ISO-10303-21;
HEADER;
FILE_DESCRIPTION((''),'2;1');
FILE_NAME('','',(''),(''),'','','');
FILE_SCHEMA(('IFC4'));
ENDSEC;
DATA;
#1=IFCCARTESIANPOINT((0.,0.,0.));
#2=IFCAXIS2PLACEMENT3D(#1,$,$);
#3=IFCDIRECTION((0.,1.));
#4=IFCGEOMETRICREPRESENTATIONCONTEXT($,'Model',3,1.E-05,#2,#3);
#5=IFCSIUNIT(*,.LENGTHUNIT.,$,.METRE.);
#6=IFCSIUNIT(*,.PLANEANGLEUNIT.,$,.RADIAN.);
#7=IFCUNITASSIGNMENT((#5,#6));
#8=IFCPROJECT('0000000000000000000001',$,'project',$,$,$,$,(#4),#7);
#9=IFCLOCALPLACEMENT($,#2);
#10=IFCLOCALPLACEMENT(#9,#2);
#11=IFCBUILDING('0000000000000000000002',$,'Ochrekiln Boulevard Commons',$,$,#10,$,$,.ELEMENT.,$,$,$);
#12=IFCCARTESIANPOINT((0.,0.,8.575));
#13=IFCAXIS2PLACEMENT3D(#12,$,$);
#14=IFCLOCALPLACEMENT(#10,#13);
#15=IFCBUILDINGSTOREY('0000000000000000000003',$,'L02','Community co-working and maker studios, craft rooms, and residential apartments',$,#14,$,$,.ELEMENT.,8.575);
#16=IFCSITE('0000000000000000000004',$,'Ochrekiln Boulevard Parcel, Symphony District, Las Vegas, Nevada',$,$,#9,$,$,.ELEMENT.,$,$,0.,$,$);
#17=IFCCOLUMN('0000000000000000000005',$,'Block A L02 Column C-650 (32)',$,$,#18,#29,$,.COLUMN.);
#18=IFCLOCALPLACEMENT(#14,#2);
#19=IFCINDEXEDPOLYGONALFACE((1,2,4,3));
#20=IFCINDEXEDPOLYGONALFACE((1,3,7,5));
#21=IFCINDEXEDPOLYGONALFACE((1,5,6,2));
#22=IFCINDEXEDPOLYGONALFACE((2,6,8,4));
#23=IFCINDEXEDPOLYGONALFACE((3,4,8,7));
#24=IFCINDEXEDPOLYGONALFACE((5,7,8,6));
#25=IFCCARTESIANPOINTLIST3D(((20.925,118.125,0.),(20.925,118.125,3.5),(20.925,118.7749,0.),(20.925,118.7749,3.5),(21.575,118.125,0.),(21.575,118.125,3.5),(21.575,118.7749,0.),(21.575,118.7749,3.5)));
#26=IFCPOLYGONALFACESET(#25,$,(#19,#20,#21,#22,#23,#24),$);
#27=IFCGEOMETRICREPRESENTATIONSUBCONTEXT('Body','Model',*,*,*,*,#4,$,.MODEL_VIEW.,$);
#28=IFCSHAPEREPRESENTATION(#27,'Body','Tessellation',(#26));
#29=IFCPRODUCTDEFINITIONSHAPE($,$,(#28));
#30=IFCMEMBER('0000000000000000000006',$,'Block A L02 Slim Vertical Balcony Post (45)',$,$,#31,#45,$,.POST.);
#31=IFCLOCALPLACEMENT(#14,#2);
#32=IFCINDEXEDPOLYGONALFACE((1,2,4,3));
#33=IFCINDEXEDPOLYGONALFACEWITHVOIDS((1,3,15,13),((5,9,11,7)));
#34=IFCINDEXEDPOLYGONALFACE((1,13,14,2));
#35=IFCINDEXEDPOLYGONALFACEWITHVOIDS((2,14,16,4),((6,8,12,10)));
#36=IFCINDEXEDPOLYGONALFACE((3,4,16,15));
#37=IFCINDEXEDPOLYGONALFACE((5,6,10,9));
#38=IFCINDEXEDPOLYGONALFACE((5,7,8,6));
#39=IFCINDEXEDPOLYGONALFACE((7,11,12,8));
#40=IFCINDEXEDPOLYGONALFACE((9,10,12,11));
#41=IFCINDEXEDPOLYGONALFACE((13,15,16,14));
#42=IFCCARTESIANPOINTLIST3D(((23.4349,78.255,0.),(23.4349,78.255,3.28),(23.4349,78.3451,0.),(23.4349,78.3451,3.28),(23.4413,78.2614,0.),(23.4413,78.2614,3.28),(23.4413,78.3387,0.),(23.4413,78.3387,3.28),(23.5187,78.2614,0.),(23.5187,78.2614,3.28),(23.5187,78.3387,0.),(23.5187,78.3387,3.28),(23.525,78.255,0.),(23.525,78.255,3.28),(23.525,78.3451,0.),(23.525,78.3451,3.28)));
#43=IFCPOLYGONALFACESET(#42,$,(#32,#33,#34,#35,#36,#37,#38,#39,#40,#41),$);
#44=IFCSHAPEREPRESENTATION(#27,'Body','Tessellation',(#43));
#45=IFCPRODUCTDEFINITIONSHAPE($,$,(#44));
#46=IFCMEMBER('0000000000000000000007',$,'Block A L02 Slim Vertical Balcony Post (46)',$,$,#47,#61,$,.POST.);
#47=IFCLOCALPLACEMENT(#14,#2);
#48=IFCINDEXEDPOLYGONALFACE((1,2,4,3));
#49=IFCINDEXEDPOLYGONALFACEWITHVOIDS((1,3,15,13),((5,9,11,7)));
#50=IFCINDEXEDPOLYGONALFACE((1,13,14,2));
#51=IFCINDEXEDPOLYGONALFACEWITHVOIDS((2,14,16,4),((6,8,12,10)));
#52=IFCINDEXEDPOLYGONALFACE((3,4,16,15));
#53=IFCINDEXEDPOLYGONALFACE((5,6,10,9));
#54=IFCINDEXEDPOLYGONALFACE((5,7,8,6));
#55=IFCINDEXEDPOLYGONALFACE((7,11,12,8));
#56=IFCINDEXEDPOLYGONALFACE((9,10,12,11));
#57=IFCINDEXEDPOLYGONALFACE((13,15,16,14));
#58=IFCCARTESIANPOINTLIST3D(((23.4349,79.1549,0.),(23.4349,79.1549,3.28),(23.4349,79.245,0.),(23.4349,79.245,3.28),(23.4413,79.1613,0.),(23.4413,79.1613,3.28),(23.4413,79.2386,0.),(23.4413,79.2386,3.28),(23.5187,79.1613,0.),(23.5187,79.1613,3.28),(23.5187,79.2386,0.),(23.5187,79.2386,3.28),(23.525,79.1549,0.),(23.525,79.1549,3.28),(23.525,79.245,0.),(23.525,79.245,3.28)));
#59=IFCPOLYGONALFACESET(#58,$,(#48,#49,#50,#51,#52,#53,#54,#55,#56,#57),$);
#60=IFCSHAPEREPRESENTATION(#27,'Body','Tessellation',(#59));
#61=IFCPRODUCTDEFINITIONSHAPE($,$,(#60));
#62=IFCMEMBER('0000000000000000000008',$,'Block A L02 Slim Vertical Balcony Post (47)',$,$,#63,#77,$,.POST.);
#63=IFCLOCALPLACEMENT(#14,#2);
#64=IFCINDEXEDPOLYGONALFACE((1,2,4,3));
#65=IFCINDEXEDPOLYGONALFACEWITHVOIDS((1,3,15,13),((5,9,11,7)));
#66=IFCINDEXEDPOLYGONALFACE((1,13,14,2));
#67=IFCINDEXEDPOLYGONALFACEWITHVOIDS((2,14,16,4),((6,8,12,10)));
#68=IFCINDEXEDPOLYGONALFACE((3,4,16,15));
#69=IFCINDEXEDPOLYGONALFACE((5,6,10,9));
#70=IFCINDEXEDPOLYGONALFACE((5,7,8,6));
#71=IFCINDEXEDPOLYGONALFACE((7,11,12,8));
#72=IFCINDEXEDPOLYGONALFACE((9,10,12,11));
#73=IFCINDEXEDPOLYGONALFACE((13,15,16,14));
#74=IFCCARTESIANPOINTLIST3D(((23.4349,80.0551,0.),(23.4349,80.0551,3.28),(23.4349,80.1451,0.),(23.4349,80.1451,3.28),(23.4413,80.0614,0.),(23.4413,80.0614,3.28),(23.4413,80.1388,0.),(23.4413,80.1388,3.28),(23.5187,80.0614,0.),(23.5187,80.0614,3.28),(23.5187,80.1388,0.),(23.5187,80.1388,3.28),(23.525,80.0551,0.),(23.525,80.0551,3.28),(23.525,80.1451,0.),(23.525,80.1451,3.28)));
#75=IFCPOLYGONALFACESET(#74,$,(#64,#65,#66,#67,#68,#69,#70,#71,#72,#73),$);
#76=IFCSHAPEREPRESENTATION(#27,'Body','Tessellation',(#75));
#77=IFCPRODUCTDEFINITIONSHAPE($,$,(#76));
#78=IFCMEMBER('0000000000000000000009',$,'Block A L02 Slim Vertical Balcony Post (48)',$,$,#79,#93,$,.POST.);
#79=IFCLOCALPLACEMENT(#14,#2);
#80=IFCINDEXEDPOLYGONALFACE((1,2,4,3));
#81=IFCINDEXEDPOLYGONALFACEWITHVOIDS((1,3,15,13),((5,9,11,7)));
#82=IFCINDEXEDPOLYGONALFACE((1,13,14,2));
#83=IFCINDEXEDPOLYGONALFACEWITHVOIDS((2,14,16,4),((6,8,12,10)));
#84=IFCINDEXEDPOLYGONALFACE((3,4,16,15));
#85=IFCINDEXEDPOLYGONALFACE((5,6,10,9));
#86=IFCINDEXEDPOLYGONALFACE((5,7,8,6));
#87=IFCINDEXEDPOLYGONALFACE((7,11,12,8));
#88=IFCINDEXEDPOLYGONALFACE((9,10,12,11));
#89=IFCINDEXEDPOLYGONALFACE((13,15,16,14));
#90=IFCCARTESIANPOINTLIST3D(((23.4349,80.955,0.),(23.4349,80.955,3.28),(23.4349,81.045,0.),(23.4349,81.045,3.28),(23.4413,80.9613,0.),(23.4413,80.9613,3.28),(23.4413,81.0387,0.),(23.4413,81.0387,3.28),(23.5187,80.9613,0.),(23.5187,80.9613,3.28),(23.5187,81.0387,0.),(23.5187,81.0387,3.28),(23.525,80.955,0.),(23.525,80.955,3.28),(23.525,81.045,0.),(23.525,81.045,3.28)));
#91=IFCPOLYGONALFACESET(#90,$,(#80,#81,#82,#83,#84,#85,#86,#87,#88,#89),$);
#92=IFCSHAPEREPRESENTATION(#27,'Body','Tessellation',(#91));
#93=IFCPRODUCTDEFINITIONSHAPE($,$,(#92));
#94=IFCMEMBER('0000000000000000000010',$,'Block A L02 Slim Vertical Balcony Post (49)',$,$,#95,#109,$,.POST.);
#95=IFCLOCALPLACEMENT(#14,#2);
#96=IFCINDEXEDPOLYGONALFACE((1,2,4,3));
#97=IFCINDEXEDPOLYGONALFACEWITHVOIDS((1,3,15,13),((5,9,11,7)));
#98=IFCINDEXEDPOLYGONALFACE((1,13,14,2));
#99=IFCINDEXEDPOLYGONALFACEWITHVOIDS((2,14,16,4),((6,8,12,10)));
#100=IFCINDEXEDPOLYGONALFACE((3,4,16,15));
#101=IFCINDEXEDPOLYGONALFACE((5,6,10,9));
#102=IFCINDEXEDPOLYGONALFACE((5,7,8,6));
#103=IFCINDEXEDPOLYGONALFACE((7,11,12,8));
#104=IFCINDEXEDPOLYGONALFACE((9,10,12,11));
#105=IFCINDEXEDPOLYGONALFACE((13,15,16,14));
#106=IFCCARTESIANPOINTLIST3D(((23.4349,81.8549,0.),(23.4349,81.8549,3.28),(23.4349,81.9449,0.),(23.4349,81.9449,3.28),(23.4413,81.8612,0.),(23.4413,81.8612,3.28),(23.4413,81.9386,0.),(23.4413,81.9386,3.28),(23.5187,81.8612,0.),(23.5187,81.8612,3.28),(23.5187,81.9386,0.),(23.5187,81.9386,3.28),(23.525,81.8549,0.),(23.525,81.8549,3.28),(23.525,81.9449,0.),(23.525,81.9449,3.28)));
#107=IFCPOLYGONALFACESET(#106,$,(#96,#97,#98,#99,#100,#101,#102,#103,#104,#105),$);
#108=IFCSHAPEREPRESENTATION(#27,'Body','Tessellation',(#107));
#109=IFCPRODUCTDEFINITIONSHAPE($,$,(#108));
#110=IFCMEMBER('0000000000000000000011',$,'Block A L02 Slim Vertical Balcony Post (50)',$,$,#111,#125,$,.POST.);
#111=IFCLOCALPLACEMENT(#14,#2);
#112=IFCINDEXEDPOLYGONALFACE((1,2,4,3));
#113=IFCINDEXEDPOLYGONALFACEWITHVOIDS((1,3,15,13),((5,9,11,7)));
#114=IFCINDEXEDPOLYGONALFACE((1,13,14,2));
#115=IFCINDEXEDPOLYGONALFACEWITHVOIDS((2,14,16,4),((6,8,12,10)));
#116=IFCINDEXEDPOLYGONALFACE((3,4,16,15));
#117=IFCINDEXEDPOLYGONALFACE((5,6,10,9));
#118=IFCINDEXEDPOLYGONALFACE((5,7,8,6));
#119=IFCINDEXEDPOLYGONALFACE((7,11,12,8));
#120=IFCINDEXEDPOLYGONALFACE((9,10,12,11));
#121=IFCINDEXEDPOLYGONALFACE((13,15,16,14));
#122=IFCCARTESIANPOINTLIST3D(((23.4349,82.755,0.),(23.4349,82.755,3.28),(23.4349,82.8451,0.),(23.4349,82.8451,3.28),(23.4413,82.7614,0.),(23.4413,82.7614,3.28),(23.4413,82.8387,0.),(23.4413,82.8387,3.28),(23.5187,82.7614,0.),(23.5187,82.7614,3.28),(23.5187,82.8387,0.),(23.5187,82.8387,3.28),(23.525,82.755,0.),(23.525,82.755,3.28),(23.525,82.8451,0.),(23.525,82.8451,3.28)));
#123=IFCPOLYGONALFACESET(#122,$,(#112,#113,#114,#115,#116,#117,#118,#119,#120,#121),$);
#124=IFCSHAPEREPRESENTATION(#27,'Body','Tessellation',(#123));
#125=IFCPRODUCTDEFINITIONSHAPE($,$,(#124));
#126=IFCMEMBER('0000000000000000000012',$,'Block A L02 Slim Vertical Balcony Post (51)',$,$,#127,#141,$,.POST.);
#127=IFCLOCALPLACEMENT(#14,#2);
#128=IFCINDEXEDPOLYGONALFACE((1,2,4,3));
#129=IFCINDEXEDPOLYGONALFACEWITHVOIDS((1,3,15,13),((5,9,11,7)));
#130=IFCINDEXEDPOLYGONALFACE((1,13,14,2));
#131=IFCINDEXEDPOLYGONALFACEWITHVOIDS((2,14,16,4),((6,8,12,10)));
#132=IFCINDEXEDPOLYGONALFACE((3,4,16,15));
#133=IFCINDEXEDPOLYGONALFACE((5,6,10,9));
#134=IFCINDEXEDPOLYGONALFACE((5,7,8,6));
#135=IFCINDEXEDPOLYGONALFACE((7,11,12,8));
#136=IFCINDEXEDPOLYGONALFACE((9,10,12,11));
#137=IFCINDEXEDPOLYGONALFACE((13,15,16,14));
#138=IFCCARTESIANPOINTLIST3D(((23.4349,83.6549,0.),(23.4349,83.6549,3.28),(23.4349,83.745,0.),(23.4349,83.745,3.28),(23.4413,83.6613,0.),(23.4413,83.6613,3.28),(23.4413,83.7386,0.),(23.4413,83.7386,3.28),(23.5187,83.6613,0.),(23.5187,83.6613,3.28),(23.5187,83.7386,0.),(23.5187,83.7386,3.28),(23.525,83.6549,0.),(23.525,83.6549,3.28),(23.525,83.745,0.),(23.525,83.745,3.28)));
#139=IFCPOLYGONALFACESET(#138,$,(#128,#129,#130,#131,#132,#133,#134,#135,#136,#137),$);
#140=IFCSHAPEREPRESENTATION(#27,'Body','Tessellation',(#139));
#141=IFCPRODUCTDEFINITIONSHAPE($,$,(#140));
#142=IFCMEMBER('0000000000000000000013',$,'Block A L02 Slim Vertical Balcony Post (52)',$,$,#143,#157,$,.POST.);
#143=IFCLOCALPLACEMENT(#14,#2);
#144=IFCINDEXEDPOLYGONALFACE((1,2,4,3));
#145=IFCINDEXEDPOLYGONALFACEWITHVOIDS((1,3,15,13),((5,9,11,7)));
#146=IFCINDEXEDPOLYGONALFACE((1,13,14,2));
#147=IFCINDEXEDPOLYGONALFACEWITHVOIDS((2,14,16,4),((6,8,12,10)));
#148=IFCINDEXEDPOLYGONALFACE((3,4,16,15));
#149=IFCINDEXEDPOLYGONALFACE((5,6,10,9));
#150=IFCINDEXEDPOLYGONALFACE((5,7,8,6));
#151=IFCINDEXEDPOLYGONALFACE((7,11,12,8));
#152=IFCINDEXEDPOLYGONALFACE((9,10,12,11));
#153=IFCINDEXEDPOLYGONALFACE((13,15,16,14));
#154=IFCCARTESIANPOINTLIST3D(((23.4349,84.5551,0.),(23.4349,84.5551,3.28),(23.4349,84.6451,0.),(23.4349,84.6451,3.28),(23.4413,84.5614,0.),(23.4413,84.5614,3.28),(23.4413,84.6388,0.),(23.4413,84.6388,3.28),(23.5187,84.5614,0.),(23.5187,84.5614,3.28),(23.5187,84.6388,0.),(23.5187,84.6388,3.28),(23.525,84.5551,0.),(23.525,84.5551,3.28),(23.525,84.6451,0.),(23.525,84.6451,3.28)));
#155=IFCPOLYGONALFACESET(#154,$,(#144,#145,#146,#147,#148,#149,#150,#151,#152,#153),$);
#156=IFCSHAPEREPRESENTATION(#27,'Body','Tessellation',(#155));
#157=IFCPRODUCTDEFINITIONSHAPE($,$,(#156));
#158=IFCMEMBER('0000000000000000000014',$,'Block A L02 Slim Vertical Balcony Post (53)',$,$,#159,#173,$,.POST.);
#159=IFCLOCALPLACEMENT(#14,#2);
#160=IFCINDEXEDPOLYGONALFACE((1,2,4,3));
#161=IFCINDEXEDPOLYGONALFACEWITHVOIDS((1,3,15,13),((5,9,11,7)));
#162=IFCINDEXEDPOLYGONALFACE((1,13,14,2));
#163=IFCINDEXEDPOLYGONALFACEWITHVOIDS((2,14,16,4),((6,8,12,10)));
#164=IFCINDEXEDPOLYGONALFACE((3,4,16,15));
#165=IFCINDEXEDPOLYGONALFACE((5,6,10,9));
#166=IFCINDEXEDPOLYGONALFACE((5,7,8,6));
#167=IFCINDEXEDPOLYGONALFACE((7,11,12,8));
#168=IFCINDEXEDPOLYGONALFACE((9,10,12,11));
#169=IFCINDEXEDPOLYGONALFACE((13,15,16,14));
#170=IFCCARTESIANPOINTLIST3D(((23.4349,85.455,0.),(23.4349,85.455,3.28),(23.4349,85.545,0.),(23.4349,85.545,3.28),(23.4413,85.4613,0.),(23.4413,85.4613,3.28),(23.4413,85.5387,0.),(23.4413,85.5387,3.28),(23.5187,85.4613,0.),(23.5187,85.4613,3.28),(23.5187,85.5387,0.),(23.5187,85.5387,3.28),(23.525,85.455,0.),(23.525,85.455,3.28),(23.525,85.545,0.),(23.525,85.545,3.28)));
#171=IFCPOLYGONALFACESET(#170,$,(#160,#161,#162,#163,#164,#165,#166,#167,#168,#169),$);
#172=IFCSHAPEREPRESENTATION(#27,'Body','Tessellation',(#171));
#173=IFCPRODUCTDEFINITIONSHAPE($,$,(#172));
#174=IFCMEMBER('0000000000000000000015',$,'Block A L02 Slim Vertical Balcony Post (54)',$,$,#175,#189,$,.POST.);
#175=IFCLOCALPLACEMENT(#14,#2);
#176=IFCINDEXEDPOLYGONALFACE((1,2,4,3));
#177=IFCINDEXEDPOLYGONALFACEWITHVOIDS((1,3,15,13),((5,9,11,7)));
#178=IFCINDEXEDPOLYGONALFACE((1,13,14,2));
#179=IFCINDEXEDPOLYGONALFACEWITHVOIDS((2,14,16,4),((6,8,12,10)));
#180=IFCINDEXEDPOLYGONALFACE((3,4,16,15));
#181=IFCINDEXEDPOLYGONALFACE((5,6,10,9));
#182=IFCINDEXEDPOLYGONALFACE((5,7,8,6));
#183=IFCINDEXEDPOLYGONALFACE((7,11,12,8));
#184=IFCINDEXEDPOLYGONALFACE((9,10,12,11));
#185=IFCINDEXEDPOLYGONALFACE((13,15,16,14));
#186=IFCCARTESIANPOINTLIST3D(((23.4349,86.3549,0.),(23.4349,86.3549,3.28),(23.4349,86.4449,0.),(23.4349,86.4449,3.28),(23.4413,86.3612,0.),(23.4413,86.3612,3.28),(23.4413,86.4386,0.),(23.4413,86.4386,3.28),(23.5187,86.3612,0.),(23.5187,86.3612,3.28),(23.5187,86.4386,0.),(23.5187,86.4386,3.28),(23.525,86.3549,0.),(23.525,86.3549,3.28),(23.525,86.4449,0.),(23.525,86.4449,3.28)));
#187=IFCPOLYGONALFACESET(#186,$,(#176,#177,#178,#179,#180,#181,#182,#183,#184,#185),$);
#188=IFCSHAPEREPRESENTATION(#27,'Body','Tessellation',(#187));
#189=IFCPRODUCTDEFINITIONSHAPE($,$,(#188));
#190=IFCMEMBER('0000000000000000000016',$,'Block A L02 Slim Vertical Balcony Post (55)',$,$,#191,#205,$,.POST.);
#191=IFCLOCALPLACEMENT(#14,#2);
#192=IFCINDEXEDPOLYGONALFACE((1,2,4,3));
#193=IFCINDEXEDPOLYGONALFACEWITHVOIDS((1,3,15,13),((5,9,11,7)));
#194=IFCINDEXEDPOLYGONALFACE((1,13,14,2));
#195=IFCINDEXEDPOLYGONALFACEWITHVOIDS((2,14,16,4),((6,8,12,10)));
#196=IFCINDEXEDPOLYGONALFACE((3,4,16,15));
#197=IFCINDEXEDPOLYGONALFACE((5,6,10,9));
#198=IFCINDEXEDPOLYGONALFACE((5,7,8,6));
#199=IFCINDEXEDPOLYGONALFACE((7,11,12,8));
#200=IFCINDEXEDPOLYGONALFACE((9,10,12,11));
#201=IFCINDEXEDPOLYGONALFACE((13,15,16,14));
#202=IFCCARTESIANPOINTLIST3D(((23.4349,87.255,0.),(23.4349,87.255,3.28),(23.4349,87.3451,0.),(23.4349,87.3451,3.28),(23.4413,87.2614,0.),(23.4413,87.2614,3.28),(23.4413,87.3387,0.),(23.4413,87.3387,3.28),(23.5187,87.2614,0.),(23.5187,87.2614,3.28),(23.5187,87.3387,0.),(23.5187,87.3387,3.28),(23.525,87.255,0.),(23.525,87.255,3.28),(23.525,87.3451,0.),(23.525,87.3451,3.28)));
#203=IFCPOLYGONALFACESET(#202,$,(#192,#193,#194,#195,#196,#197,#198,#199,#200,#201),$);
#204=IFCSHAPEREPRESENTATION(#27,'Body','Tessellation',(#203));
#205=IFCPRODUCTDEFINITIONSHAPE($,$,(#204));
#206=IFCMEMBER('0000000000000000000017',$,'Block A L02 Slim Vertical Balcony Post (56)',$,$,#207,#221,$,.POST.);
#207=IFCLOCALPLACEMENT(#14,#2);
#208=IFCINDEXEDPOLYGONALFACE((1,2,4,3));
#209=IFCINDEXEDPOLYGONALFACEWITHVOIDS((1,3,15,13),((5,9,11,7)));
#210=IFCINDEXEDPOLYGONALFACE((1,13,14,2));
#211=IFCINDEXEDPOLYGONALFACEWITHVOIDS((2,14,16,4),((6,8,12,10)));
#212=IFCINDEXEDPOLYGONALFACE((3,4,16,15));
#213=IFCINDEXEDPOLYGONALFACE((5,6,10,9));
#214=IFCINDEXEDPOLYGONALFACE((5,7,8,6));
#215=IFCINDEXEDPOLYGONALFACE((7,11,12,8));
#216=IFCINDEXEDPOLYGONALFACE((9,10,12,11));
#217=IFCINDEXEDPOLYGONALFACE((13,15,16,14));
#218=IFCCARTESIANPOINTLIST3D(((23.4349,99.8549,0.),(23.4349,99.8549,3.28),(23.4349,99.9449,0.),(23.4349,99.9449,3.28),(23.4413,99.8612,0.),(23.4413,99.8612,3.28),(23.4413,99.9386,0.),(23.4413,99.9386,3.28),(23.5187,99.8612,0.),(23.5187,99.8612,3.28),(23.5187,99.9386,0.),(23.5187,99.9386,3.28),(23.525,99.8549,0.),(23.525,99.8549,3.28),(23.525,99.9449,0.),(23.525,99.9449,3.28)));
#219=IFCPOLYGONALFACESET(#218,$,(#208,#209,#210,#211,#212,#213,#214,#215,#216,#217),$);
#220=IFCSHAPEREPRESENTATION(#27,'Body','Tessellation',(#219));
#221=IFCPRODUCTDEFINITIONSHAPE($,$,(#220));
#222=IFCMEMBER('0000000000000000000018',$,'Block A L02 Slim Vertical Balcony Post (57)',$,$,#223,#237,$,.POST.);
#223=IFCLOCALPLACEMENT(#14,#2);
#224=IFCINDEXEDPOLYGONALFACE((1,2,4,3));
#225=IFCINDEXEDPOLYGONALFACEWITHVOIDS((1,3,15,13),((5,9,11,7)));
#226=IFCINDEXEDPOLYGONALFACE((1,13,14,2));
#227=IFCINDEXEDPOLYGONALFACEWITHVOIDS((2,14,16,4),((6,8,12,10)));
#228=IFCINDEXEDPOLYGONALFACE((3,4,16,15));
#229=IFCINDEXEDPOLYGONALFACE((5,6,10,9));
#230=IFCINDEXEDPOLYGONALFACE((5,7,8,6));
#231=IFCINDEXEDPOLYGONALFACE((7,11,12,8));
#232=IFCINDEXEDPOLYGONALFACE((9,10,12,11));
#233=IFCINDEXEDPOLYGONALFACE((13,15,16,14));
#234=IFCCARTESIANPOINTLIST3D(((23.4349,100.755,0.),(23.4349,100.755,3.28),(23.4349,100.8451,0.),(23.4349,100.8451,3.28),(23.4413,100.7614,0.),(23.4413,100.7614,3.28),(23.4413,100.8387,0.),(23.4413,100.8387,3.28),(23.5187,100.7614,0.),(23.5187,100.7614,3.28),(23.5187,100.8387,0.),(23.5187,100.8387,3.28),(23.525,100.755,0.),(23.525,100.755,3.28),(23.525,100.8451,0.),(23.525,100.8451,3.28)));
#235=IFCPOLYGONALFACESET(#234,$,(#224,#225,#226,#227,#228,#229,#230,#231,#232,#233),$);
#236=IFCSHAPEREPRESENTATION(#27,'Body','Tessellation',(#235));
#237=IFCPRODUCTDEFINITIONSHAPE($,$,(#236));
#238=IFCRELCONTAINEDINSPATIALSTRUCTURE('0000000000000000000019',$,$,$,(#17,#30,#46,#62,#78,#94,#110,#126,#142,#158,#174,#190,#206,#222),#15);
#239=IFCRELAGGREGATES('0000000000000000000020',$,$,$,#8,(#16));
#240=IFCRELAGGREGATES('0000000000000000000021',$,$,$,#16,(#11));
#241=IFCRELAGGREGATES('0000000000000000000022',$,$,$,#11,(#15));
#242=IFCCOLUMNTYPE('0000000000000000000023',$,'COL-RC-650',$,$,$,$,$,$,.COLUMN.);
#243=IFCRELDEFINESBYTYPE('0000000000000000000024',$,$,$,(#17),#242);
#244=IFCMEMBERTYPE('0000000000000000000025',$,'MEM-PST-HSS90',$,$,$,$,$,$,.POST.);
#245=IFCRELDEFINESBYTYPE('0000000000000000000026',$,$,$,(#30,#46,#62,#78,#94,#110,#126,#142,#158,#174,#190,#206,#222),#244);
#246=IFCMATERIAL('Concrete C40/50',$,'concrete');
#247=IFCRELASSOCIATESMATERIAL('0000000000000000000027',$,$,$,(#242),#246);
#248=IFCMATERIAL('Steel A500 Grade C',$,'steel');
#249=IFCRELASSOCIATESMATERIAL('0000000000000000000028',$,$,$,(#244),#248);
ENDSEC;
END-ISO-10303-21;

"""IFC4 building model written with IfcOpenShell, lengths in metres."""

from ifc_helpers import new_model, si_unit, direction, frame, origin, origin_2d, place, context, subcontext, project, spatial, rectangle, hollow_rectangle, extrude, material, material_profile, profile_set, type_object, element, save


model = new_model("IFC4")

# Units and contexts
model_context = context("Model", 3, precision=1e-05, world=origin(), true_north=direction((0.0, 1.0)))
body_context = subcontext(model_context, "Body", "Model", "MODEL_VIEW")
ifc_project = project(units=[si_unit("LENGTHUNIT", "METRE"), si_unit("PLANEANGLEUNIT", "RADIAN")], contexts=[model_context])

# Site, building, storey
site_placement = place(None, origin())
site = spatial("IfcSite", under=ifc_project, at=site_placement, Name="Ochrekiln Boulevard Parcel, Symphony District, Las Vegas, Nevada", CompositionType="ELEMENT", RefElevation=0.0)
building_placement = place(site_placement, origin())
building = spatial("IfcBuilding", under=site, at=building_placement, Name="Ochrekiln Boulevard Commons", CompositionType="ELEMENT")
storey_placement = place(building_placement, frame((0.0, 0.0, 8.575)))
storey = spatial("IfcBuildingStorey", under=building, at=storey_placement, Name="L02", Description="Community co-working and maker studios, craft rooms, and residential apartments", CompositionType="ELEMENT", Elevation=8.575)

# Column
ifc_material_1 = material(Name="Concrete C40/50", Category="concrete")
ifc_material_profile_1 = material_profile(ifc_material_1, rectangle(XDim=0.6499, YDim=0.6499, at=origin_2d()), Name="RC-COL-650x650")
ifc_profile_set_1 = profile_set([ifc_material_profile_1], Name="Concrete C40/50")
column_type = type_object("IfcColumnType", Name="COL-RC-650", PredefinedType="COLUMN", material=ifc_profile_set_1)
column_placement = place(storey_placement, frame((21.25, 118.45, 0.0), z_axis=(0.0, 0.0, 1.0), x_axis=(1.0, 0.0, 0.0)))
element("IfcColumn", 1, at=column_placement, inside=storey, type_object=column_type, Name="Block A L02 Column C-650 (32)", PredefinedType="COLUMN", context=body_context, shape_type="SweptSolid", body=[
    extrude(rectangle(XDim=0.6499, YDim=0.6499, at=origin_2d()), origin(), (0.0, 0.0, 1.0), 3.5),
])

# Members
ifc_material_2 = material(Name="Steel A500 Grade C", Category="steel")
ifc_material_profile_2 = material_profile(ifc_material_2, hollow_rectangle(XDim=0.0901, YDim=0.0901, WallThickness=0.0063, at=origin_2d()), Name="HSS90X90X6.4")
ifc_profile_set_2 = profile_set([ifc_material_profile_2], Name="Steel A500 Grade C")
member_type = type_object("IfcMemberType", Name="MEM-PST-HSS90", PredefinedType="POST", material=ifc_profile_set_2)
for number, where, z_axis, x_axis, name in (
    (2, (23.48, 78.3, 0.0), (0.0, 0.0, 1.0), (1.0, 0.0, 0.0), "Block A L02 Slim Vertical Balcony Post (45)"),
    (3, (23.48, 79.2, 0.0), (0.0, 0.0, 1.0), (1.0, 0.0, 0.0), "Block A L02 Slim Vertical Balcony Post (46)"),
    (4, (23.48, 80.1001, 0.0), (0.0, 0.0, 1.0), (1.0, 0.0, 0.0), "Block A L02 Slim Vertical Balcony Post (47)"),
    (5, (23.48, 81.0, 0.0), (0.0, 0.0, 1.0), (1.0, 0.0, 0.0), "Block A L02 Slim Vertical Balcony Post (48)"),
    (6, (23.48, 81.8999, 0.0), (0.0, 0.0, 1.0), (1.0, 0.0, 0.0), "Block A L02 Slim Vertical Balcony Post (49)"),
    (7, (23.48, 82.8, 0.0), (0.0, 0.0, 1.0), (1.0, 0.0, 0.0), "Block A L02 Slim Vertical Balcony Post (50)"),
    (8, (23.48, 83.7, 0.0), (0.0, 0.0, 1.0), (1.0, 0.0, 0.0), "Block A L02 Slim Vertical Balcony Post (51)"),
    (9, (23.48, 84.6001, 0.0), (0.0, 0.0, 1.0), (1.0, 0.0, 0.0), "Block A L02 Slim Vertical Balcony Post (52)"),
    (10, (23.48, 85.5, 0.0), (0.0, 0.0, 1.0), (1.0, 0.0, 0.0), "Block A L02 Slim Vertical Balcony Post (53)"),
    (11, (23.48, 86.3999, 0.0), (0.0, 0.0, 1.0), (1.0, 0.0, 0.0), "Block A L02 Slim Vertical Balcony Post (54)"),
    (12, (23.48, 87.3, 0.0), (0.0, 0.0, 1.0), (1.0, 0.0, 0.0), "Block A L02 Slim Vertical Balcony Post (55)"),
    (13, (23.48, 99.8999, 0.0), (0.0, 0.0, 1.0), (1.0, 0.0, 0.0), "Block A L02 Slim Vertical Balcony Post (56)"),
    (14, (23.48, 100.8, 0.0), (0.0, 0.0, 1.0), (1.0, 0.0, 0.0), "Block A L02 Slim Vertical Balcony Post (57)"),
):
    element("IfcMember", number, at=place(storey_placement, frame(where, z_axis=z_axis, x_axis=x_axis)), inside=storey, type_object=member_type, Name=name, PredefinedType="POST", context=body_context, shape_type="SweptSolid", body=[
        extrude(hollow_rectangle(XDim=0.0901, YDim=0.0901, WallThickness=0.0063, at=origin_2d()), origin(), (0.0, 0.0, 1.0), 3.28),
    ])

save(model, "model.ifc")
